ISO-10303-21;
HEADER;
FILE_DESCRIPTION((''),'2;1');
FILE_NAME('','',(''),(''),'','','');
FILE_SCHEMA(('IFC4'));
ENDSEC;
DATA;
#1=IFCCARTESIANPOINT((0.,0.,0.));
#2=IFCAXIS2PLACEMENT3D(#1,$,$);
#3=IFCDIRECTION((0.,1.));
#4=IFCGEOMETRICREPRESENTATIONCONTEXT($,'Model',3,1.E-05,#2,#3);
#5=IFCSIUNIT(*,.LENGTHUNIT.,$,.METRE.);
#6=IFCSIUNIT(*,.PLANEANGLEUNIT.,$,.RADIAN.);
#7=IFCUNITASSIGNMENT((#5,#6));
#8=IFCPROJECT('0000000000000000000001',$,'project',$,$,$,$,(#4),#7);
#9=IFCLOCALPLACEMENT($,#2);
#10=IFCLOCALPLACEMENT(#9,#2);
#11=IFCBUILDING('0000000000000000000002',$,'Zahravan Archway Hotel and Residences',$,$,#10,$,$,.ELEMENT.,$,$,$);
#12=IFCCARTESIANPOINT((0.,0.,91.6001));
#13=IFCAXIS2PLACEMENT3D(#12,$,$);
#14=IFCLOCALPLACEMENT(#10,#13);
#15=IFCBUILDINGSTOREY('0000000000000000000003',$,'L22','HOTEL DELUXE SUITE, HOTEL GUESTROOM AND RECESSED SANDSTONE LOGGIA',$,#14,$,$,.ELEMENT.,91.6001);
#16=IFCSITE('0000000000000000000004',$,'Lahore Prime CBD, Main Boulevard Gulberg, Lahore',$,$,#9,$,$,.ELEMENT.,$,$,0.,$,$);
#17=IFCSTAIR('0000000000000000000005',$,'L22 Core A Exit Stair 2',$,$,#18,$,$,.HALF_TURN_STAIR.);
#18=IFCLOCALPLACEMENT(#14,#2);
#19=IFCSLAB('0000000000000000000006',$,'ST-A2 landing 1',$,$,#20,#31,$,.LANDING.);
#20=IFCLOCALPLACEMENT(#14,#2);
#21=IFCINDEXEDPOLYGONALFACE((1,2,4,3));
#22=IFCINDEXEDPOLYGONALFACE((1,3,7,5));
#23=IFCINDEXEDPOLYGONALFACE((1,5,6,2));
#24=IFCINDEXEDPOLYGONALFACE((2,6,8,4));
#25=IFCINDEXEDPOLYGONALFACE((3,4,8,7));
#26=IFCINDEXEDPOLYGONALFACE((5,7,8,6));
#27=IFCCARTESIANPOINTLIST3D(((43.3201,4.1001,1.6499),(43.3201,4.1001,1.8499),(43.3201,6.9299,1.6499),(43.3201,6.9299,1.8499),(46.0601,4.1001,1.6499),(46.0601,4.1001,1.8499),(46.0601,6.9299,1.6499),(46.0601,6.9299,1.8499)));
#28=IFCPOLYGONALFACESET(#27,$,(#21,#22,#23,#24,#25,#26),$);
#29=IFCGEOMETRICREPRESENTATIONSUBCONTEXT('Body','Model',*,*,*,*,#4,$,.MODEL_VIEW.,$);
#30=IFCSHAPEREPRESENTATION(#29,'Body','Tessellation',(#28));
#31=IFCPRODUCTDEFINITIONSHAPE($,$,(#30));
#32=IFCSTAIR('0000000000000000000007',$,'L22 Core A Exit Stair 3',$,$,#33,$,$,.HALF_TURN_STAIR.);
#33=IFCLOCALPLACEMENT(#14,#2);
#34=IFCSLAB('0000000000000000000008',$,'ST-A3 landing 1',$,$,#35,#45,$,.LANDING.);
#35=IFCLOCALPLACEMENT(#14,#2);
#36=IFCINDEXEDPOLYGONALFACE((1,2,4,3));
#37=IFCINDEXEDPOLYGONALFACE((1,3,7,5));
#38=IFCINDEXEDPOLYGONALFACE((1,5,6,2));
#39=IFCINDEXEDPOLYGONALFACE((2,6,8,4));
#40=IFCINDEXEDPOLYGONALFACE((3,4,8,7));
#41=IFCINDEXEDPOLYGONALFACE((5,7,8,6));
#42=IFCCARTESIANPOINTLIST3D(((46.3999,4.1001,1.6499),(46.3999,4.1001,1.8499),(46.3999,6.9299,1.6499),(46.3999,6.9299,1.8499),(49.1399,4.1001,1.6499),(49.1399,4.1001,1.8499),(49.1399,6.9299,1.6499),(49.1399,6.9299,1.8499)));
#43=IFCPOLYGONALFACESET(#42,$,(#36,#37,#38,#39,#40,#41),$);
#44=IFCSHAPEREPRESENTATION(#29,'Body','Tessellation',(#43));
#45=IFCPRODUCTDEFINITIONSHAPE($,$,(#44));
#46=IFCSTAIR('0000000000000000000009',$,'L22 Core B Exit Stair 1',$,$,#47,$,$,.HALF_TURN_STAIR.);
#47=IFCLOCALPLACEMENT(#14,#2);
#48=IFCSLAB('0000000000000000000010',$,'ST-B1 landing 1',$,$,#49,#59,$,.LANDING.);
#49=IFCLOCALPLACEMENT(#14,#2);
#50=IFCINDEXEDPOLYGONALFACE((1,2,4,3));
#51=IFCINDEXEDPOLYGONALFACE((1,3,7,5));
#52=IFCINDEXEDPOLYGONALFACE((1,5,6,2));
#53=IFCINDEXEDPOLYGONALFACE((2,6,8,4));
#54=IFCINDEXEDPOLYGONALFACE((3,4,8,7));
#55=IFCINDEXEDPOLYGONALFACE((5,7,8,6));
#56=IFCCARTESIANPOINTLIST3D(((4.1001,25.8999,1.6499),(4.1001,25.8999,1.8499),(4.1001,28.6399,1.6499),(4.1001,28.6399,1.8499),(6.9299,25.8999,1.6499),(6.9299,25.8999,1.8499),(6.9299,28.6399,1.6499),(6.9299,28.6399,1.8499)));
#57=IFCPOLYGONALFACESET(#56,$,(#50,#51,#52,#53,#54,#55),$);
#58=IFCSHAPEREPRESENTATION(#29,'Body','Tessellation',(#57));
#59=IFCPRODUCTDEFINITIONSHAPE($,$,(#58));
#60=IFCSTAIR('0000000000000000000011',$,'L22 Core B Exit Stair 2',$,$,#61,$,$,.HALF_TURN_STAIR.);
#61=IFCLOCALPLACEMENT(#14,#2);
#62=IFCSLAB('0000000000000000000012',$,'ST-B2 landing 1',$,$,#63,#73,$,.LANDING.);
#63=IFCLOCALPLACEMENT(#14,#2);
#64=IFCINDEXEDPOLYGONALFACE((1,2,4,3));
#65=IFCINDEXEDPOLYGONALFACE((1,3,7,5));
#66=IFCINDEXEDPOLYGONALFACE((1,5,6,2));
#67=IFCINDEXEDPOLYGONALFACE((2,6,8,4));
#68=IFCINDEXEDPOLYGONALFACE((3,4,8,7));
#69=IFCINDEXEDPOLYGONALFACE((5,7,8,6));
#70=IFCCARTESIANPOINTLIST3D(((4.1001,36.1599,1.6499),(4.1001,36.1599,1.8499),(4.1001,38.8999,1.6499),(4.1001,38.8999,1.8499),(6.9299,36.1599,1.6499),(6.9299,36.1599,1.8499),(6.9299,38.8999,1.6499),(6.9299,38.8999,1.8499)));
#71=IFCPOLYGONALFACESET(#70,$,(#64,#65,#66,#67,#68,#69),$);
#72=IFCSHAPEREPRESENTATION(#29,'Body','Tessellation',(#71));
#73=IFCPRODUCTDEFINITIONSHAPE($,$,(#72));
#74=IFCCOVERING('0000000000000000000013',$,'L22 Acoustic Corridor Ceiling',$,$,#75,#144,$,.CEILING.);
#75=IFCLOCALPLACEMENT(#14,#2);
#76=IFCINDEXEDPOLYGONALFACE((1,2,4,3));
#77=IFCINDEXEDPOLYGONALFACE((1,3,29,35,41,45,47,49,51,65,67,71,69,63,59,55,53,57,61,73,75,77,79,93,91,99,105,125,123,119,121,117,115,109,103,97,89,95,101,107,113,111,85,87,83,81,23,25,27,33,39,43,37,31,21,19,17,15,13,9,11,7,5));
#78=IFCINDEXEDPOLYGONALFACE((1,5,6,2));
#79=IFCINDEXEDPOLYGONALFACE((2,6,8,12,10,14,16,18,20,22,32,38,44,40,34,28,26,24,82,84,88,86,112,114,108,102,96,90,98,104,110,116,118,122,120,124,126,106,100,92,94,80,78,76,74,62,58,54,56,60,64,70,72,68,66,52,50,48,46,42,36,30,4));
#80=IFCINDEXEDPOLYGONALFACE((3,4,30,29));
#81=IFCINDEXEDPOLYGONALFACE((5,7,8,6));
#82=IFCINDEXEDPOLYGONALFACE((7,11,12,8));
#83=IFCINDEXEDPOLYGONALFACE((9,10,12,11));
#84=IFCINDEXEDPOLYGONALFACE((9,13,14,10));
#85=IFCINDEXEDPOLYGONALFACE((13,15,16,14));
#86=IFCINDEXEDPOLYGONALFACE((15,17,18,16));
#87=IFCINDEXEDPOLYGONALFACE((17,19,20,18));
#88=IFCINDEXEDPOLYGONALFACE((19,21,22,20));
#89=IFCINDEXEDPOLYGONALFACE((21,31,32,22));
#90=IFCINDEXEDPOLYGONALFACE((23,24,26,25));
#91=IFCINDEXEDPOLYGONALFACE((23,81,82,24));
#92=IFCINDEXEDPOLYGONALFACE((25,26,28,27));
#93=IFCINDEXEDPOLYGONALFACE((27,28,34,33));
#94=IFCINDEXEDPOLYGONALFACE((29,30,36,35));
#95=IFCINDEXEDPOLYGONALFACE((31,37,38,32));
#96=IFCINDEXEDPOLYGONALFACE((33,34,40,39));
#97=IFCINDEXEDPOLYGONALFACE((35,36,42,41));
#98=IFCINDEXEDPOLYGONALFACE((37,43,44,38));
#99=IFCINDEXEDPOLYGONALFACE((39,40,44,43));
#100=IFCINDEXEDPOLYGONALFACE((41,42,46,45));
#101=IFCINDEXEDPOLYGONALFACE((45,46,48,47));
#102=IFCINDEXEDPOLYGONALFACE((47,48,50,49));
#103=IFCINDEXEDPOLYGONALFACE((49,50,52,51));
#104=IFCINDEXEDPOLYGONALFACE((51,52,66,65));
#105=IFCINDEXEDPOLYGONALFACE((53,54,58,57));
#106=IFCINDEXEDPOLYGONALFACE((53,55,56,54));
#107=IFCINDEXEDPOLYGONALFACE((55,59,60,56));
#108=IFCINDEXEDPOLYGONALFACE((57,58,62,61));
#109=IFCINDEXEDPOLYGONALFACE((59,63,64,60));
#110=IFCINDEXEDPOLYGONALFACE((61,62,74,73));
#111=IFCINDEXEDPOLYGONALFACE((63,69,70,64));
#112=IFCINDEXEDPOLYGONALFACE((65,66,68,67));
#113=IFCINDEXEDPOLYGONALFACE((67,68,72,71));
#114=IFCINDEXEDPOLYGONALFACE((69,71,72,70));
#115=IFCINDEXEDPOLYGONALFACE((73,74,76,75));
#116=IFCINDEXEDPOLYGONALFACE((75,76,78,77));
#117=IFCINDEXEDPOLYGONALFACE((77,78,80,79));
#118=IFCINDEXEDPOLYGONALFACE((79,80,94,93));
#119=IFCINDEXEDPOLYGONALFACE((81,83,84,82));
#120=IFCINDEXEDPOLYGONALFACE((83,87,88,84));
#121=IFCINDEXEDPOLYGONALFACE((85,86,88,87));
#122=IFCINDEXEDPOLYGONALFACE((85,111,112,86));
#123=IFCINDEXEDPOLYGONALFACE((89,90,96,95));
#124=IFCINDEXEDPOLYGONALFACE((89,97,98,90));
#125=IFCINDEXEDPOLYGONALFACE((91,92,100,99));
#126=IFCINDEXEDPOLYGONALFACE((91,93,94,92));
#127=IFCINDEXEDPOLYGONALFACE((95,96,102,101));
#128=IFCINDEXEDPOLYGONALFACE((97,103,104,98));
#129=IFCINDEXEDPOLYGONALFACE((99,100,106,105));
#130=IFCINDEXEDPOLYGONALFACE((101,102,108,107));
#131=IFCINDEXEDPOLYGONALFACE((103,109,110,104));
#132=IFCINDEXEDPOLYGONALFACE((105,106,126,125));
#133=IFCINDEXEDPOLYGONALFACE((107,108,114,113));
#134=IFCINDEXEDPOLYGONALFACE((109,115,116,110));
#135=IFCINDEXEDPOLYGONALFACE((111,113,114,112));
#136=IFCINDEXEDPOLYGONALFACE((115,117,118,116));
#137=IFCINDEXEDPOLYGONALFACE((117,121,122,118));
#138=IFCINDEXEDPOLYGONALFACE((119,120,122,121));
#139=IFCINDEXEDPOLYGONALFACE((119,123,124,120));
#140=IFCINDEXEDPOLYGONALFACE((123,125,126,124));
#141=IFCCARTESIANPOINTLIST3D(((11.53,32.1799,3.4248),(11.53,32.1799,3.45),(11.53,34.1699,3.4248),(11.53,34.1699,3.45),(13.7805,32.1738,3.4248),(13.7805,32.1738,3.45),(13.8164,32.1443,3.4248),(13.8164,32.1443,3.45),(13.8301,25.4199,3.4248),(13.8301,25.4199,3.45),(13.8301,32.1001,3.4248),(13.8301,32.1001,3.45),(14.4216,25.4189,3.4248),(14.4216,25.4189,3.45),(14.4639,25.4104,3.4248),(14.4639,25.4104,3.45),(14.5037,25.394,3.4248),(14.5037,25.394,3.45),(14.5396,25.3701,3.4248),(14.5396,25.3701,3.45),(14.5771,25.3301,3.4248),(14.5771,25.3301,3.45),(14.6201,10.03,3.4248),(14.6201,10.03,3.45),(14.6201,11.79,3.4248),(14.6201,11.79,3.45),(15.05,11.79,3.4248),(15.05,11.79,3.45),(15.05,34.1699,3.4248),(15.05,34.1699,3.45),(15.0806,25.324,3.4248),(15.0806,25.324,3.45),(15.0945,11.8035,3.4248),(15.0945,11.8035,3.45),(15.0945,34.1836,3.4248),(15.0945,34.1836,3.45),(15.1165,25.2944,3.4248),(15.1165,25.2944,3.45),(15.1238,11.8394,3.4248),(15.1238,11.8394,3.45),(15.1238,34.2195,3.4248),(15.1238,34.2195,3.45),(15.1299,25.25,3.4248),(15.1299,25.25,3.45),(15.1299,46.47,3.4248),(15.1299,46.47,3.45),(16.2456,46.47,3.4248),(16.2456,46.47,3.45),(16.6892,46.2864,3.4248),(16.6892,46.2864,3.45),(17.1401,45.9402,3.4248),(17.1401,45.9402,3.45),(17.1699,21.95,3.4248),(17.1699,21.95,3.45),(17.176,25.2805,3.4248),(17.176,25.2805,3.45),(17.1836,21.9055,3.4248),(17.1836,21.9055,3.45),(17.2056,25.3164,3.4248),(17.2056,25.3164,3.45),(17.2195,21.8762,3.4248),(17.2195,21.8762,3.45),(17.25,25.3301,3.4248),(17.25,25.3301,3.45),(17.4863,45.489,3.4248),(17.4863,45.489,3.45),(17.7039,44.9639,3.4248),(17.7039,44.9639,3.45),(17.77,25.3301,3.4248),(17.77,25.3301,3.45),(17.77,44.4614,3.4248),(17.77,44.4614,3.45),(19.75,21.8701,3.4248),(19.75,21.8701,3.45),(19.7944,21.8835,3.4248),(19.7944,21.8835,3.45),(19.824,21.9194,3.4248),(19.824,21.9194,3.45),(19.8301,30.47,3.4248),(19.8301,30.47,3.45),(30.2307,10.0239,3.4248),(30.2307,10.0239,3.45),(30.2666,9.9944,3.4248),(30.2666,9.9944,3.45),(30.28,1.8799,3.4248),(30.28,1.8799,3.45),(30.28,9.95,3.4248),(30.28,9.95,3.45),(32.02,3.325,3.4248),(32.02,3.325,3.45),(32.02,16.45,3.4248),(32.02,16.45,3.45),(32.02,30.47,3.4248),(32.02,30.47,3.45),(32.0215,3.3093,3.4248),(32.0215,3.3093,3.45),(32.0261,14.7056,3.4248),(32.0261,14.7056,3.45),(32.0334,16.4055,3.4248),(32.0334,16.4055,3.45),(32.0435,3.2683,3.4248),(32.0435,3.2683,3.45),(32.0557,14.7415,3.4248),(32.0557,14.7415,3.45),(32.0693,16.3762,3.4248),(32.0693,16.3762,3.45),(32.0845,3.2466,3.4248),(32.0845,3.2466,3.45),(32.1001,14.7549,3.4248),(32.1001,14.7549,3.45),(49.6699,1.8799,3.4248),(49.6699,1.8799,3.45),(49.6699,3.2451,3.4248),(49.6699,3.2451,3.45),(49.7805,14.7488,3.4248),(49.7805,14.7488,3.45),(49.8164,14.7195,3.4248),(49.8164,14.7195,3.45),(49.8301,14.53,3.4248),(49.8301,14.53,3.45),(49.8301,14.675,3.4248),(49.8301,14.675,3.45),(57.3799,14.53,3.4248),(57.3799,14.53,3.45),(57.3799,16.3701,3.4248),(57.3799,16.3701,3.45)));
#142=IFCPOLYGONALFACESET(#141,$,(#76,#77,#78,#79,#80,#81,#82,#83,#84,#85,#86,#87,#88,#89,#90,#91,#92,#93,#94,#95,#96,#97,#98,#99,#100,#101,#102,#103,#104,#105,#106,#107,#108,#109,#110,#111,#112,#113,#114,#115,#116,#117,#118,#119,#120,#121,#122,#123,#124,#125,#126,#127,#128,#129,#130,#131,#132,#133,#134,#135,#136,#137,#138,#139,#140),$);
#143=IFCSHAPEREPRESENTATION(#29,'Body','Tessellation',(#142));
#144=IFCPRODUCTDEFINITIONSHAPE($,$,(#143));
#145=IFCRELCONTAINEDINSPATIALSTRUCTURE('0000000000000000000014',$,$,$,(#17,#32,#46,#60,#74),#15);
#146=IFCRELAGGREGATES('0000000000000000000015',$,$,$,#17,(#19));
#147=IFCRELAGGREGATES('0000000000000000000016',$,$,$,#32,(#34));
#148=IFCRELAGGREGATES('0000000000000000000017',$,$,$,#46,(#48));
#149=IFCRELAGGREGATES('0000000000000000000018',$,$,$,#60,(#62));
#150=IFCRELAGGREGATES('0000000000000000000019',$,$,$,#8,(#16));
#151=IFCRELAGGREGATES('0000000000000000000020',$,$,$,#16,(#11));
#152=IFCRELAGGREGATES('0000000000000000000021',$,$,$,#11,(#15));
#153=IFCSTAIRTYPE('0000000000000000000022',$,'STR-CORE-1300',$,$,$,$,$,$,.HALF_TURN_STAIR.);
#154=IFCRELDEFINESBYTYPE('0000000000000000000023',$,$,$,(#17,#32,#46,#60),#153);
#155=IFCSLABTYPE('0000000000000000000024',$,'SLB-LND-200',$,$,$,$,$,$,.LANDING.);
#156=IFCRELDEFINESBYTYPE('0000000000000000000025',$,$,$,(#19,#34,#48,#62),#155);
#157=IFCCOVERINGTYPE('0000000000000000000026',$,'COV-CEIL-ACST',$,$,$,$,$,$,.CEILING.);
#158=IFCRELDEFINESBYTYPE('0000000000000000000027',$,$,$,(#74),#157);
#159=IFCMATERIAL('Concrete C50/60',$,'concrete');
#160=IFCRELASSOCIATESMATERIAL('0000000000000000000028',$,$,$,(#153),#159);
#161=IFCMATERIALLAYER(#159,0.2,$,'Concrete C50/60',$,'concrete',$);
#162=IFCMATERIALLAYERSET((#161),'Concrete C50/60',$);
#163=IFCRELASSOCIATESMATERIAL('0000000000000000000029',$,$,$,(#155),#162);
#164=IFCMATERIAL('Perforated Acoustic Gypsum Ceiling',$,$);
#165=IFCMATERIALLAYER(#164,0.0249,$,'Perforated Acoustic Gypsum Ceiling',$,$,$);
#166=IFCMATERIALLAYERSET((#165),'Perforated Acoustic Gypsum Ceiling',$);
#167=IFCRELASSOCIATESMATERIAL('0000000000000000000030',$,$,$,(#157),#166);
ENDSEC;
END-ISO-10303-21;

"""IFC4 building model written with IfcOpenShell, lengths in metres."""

from ifc_helpers import new_model, si_unit, direction, frame, origin, place, context, subcontext, project, spatial, polyline, outline, extrude, material, layer, layer_set, type_object, element, aggregate, save


model = new_model("IFC4")

# Units and contexts
model_context = context("Model", 3, precision=1e-05, world=origin(), true_north=direction((0.0, 1.0)))
body_context = subcontext(model_context, "Body", "Model", "MODEL_VIEW")
ifc_project = project(units=[si_unit("LENGTHUNIT", "METRE"), si_unit("PLANEANGLEUNIT", "RADIAN")], contexts=[model_context])

# Site, building, storey
site_placement = place(None, origin())
site = spatial("IfcSite", under=ifc_project, at=site_placement, Name="Lahore Prime CBD, Main Boulevard Gulberg, Lahore", CompositionType="ELEMENT", RefElevation=0.0)
building_placement = place(site_placement, origin())
building = spatial("IfcBuilding", under=site, at=building_placement, Name="Zahravan Archway Hotel and Residences", CompositionType="ELEMENT")
storey_placement = place(building_placement, frame((0.0, 0.0, 91.6001)))
storey = spatial("IfcBuildingStorey", under=building, at=storey_placement, Name="L22", Description="HOTEL DELUXE SUITE, HOTEL GUESTROOM AND RECESSED SANDSTONE LOGGIA", CompositionType="ELEMENT", Elevation=91.6001)

# Stairs, slabs
ifc_material_1 = material(Name="Concrete C50/60", Category="concrete")
stair_type = type_object("IfcStairType", Name="STR-CORE-1300", PredefinedType="HALF_TURN_STAIR", material=ifc_material_1)
ifc_layer_1 = layer(ifc_material_1, 0.2, Name="Concrete C50/60", Category="concrete")
ifc_layer_set_1 = layer_set([ifc_layer_1], Name="Concrete C50/60")
slab_type_1 = type_object("IfcSlabType", Name="SLB-LND-200", PredefinedType="LANDING", material=ifc_layer_set_1)
stair_1_placement = place(storey_placement, origin())
stair_1 = element("IfcStair", 1, at=stair_1_placement, inside=storey, type_object=stair_type, Name="L22 Core A Exit Stair 2", PredefinedType="HALF_TURN_STAIR")
slab_1_placement = place(storey_placement, frame((0.0, 0.0, 1.6499)))
slab_1 = element("IfcSlab", 2, at=slab_1_placement, type_object=slab_type_1, Name="ST-A2 landing 1", PredefinedType="LANDING", context=body_context, shape_type="SweptSolid", body=[
    extrude(outline(polyline([(43.3201, 6.9299), (43.3201, 4.1001), (46.0601, 4.1001), (46.0601, 6.9299), (43.3201, 6.9299)])), origin(), (0.0, 0.0, 1.0), 0.2),
])
aggregate(stair_1, [slab_1])
stair_2_placement = place(storey_placement, origin())
stair_2 = element("IfcStair", 3, at=stair_2_placement, inside=storey, type_object=stair_type, Name="L22 Core A Exit Stair 3", PredefinedType="HALF_TURN_STAIR")
slab_2_placement = place(storey_placement, frame((0.0, 0.0, 1.6499)))
slab_2 = element("IfcSlab", 4, at=slab_2_placement, type_object=slab_type_1, Name="ST-A3 landing 1", PredefinedType="LANDING", context=body_context, shape_type="SweptSolid", body=[
    extrude(outline(polyline([(46.3999, 6.9299), (46.3999, 4.1001), (49.1399, 4.1001), (49.1399, 6.9299), (46.3999, 6.9299)])), origin(), (0.0, 0.0, 1.0), 0.2),
])
aggregate(stair_2, [slab_2])
stair_3_placement = place(storey_placement, origin())
stair_3 = element("IfcStair", 5, at=stair_3_placement, inside=storey, type_object=stair_type, Name="L22 Core B Exit Stair 1", PredefinedType="HALF_TURN_STAIR")
slab_3_placement = place(storey_placement, frame((0.0, 0.0, 1.6499)))
slab_3 = element("IfcSlab", 6, at=slab_3_placement, type_object=slab_type_1, Name="ST-B1 landing 1", PredefinedType="LANDING", context=body_context, shape_type="SweptSolid", body=[
    extrude(outline(polyline([(6.9299, 28.6399), (4.1001, 28.6399), (4.1001, 25.8999), (6.9299, 25.8999), (6.9299, 28.6399)])), origin(), (0.0, 0.0, 1.0), 0.2),
])
aggregate(stair_3, [slab_3])
stair_4_placement = place(storey_placement, origin())
stair_4 = element("IfcStair", 7, at=stair_4_placement, inside=storey, type_object=stair_type, Name="L22 Core B Exit Stair 2", PredefinedType="HALF_TURN_STAIR")
slab_4_placement = place(storey_placement, frame((0.0, 0.0, 1.6499)))
slab_4 = element("IfcSlab", 8, at=slab_4_placement, type_object=slab_type_1, Name="ST-B2 landing 1", PredefinedType="LANDING", context=body_context, shape_type="SweptSolid", body=[
    extrude(outline(polyline([(6.9299, 38.8999), (4.1001, 38.8999), (4.1001, 36.1599), (6.9299, 36.1599), (6.9299, 38.8999)])), origin(), (0.0, 0.0, 1.0), 0.2),
])
aggregate(stair_4, [slab_4])

# Covering
ifc_material_2 = material(Name="Perforated Acoustic Gypsum Ceiling")
ifc_layer_2 = layer(ifc_material_2, 0.0249, Name="Perforated Acoustic Gypsum Ceiling")
ifc_layer_set_2 = layer_set([ifc_layer_2], Name="Perforated Acoustic Gypsum Ceiling")
covering_type_1 = type_object("IfcCoveringType", Name="COV-CEIL-ACST", PredefinedType="CEILING", material=ifc_layer_set_2)
covering_1_placement = place(storey_placement, frame((0.0, 0.0, 3.4248)))
element("IfcCovering", 9, at=covering_1_placement, inside=storey, type_object=covering_type_1, Name="L22 Acoustic Corridor Ceiling", PredefinedType="CEILING", context=body_context, shape_type="SweptSolid", body=[
    extrude(outline(polyline([(32.0215, 3.3093), (32.0435, 3.2683), (32.0845, 3.2466), (49.6699, 3.2451), (49.6699, 1.8799), (30.28, 1.8799), (30.28, 9.95), (30.2666, 9.9944), (30.2307, 10.0239), (14.6201, 10.03), (14.6201, 11.79), (15.05, 11.79), (15.0945, 11.8035), (15.1238, 11.8394), (15.1299, 25.25), (15.1165, 25.2944), (15.0806, 25.324), (14.5771, 25.3301), (14.5396, 25.3701), (14.5037, 25.394), (14.4639, 25.4104), (14.4216, 25.4189), (13.8301, 25.4199), (13.8301, 32.1001), (13.8164, 32.1443), (13.7805, 32.1738), (11.53, 32.1799), (11.53, 34.1699), (15.05, 34.1699), (15.0945, 34.1836), (15.1238, 34.2195), (15.1299, 46.47), (16.2456, 46.47), (16.6892, 46.2864), (17.1401, 45.9402), (17.4863, 45.489), (17.7039, 44.9639), (17.77, 44.4614), (17.77, 25.3301), (17.25, 25.3301), (17.2056, 25.3164), (17.176, 25.2805), (17.1699, 21.95), (17.1836, 21.9055), (17.2195, 21.8762), (19.75, 21.8701), (19.7944, 21.8835), (19.824, 21.9194), (19.8301, 30.47), (32.02, 30.47), (32.02, 16.45), (32.0334, 16.4055), (32.0693, 16.3762), (57.3799, 16.3701), (57.3799, 14.53), (49.8301, 14.53), (49.8301, 14.675), (49.8164, 14.7195), (49.7805, 14.7488), (32.1001, 14.7549), (32.0557, 14.7415), (32.0261, 14.7056), (32.02, 3.325), (32.0215, 3.3093)])), origin(), (0.0, 0.0, 1.0), 0.0251),
])

save(model, "model.ifc")
